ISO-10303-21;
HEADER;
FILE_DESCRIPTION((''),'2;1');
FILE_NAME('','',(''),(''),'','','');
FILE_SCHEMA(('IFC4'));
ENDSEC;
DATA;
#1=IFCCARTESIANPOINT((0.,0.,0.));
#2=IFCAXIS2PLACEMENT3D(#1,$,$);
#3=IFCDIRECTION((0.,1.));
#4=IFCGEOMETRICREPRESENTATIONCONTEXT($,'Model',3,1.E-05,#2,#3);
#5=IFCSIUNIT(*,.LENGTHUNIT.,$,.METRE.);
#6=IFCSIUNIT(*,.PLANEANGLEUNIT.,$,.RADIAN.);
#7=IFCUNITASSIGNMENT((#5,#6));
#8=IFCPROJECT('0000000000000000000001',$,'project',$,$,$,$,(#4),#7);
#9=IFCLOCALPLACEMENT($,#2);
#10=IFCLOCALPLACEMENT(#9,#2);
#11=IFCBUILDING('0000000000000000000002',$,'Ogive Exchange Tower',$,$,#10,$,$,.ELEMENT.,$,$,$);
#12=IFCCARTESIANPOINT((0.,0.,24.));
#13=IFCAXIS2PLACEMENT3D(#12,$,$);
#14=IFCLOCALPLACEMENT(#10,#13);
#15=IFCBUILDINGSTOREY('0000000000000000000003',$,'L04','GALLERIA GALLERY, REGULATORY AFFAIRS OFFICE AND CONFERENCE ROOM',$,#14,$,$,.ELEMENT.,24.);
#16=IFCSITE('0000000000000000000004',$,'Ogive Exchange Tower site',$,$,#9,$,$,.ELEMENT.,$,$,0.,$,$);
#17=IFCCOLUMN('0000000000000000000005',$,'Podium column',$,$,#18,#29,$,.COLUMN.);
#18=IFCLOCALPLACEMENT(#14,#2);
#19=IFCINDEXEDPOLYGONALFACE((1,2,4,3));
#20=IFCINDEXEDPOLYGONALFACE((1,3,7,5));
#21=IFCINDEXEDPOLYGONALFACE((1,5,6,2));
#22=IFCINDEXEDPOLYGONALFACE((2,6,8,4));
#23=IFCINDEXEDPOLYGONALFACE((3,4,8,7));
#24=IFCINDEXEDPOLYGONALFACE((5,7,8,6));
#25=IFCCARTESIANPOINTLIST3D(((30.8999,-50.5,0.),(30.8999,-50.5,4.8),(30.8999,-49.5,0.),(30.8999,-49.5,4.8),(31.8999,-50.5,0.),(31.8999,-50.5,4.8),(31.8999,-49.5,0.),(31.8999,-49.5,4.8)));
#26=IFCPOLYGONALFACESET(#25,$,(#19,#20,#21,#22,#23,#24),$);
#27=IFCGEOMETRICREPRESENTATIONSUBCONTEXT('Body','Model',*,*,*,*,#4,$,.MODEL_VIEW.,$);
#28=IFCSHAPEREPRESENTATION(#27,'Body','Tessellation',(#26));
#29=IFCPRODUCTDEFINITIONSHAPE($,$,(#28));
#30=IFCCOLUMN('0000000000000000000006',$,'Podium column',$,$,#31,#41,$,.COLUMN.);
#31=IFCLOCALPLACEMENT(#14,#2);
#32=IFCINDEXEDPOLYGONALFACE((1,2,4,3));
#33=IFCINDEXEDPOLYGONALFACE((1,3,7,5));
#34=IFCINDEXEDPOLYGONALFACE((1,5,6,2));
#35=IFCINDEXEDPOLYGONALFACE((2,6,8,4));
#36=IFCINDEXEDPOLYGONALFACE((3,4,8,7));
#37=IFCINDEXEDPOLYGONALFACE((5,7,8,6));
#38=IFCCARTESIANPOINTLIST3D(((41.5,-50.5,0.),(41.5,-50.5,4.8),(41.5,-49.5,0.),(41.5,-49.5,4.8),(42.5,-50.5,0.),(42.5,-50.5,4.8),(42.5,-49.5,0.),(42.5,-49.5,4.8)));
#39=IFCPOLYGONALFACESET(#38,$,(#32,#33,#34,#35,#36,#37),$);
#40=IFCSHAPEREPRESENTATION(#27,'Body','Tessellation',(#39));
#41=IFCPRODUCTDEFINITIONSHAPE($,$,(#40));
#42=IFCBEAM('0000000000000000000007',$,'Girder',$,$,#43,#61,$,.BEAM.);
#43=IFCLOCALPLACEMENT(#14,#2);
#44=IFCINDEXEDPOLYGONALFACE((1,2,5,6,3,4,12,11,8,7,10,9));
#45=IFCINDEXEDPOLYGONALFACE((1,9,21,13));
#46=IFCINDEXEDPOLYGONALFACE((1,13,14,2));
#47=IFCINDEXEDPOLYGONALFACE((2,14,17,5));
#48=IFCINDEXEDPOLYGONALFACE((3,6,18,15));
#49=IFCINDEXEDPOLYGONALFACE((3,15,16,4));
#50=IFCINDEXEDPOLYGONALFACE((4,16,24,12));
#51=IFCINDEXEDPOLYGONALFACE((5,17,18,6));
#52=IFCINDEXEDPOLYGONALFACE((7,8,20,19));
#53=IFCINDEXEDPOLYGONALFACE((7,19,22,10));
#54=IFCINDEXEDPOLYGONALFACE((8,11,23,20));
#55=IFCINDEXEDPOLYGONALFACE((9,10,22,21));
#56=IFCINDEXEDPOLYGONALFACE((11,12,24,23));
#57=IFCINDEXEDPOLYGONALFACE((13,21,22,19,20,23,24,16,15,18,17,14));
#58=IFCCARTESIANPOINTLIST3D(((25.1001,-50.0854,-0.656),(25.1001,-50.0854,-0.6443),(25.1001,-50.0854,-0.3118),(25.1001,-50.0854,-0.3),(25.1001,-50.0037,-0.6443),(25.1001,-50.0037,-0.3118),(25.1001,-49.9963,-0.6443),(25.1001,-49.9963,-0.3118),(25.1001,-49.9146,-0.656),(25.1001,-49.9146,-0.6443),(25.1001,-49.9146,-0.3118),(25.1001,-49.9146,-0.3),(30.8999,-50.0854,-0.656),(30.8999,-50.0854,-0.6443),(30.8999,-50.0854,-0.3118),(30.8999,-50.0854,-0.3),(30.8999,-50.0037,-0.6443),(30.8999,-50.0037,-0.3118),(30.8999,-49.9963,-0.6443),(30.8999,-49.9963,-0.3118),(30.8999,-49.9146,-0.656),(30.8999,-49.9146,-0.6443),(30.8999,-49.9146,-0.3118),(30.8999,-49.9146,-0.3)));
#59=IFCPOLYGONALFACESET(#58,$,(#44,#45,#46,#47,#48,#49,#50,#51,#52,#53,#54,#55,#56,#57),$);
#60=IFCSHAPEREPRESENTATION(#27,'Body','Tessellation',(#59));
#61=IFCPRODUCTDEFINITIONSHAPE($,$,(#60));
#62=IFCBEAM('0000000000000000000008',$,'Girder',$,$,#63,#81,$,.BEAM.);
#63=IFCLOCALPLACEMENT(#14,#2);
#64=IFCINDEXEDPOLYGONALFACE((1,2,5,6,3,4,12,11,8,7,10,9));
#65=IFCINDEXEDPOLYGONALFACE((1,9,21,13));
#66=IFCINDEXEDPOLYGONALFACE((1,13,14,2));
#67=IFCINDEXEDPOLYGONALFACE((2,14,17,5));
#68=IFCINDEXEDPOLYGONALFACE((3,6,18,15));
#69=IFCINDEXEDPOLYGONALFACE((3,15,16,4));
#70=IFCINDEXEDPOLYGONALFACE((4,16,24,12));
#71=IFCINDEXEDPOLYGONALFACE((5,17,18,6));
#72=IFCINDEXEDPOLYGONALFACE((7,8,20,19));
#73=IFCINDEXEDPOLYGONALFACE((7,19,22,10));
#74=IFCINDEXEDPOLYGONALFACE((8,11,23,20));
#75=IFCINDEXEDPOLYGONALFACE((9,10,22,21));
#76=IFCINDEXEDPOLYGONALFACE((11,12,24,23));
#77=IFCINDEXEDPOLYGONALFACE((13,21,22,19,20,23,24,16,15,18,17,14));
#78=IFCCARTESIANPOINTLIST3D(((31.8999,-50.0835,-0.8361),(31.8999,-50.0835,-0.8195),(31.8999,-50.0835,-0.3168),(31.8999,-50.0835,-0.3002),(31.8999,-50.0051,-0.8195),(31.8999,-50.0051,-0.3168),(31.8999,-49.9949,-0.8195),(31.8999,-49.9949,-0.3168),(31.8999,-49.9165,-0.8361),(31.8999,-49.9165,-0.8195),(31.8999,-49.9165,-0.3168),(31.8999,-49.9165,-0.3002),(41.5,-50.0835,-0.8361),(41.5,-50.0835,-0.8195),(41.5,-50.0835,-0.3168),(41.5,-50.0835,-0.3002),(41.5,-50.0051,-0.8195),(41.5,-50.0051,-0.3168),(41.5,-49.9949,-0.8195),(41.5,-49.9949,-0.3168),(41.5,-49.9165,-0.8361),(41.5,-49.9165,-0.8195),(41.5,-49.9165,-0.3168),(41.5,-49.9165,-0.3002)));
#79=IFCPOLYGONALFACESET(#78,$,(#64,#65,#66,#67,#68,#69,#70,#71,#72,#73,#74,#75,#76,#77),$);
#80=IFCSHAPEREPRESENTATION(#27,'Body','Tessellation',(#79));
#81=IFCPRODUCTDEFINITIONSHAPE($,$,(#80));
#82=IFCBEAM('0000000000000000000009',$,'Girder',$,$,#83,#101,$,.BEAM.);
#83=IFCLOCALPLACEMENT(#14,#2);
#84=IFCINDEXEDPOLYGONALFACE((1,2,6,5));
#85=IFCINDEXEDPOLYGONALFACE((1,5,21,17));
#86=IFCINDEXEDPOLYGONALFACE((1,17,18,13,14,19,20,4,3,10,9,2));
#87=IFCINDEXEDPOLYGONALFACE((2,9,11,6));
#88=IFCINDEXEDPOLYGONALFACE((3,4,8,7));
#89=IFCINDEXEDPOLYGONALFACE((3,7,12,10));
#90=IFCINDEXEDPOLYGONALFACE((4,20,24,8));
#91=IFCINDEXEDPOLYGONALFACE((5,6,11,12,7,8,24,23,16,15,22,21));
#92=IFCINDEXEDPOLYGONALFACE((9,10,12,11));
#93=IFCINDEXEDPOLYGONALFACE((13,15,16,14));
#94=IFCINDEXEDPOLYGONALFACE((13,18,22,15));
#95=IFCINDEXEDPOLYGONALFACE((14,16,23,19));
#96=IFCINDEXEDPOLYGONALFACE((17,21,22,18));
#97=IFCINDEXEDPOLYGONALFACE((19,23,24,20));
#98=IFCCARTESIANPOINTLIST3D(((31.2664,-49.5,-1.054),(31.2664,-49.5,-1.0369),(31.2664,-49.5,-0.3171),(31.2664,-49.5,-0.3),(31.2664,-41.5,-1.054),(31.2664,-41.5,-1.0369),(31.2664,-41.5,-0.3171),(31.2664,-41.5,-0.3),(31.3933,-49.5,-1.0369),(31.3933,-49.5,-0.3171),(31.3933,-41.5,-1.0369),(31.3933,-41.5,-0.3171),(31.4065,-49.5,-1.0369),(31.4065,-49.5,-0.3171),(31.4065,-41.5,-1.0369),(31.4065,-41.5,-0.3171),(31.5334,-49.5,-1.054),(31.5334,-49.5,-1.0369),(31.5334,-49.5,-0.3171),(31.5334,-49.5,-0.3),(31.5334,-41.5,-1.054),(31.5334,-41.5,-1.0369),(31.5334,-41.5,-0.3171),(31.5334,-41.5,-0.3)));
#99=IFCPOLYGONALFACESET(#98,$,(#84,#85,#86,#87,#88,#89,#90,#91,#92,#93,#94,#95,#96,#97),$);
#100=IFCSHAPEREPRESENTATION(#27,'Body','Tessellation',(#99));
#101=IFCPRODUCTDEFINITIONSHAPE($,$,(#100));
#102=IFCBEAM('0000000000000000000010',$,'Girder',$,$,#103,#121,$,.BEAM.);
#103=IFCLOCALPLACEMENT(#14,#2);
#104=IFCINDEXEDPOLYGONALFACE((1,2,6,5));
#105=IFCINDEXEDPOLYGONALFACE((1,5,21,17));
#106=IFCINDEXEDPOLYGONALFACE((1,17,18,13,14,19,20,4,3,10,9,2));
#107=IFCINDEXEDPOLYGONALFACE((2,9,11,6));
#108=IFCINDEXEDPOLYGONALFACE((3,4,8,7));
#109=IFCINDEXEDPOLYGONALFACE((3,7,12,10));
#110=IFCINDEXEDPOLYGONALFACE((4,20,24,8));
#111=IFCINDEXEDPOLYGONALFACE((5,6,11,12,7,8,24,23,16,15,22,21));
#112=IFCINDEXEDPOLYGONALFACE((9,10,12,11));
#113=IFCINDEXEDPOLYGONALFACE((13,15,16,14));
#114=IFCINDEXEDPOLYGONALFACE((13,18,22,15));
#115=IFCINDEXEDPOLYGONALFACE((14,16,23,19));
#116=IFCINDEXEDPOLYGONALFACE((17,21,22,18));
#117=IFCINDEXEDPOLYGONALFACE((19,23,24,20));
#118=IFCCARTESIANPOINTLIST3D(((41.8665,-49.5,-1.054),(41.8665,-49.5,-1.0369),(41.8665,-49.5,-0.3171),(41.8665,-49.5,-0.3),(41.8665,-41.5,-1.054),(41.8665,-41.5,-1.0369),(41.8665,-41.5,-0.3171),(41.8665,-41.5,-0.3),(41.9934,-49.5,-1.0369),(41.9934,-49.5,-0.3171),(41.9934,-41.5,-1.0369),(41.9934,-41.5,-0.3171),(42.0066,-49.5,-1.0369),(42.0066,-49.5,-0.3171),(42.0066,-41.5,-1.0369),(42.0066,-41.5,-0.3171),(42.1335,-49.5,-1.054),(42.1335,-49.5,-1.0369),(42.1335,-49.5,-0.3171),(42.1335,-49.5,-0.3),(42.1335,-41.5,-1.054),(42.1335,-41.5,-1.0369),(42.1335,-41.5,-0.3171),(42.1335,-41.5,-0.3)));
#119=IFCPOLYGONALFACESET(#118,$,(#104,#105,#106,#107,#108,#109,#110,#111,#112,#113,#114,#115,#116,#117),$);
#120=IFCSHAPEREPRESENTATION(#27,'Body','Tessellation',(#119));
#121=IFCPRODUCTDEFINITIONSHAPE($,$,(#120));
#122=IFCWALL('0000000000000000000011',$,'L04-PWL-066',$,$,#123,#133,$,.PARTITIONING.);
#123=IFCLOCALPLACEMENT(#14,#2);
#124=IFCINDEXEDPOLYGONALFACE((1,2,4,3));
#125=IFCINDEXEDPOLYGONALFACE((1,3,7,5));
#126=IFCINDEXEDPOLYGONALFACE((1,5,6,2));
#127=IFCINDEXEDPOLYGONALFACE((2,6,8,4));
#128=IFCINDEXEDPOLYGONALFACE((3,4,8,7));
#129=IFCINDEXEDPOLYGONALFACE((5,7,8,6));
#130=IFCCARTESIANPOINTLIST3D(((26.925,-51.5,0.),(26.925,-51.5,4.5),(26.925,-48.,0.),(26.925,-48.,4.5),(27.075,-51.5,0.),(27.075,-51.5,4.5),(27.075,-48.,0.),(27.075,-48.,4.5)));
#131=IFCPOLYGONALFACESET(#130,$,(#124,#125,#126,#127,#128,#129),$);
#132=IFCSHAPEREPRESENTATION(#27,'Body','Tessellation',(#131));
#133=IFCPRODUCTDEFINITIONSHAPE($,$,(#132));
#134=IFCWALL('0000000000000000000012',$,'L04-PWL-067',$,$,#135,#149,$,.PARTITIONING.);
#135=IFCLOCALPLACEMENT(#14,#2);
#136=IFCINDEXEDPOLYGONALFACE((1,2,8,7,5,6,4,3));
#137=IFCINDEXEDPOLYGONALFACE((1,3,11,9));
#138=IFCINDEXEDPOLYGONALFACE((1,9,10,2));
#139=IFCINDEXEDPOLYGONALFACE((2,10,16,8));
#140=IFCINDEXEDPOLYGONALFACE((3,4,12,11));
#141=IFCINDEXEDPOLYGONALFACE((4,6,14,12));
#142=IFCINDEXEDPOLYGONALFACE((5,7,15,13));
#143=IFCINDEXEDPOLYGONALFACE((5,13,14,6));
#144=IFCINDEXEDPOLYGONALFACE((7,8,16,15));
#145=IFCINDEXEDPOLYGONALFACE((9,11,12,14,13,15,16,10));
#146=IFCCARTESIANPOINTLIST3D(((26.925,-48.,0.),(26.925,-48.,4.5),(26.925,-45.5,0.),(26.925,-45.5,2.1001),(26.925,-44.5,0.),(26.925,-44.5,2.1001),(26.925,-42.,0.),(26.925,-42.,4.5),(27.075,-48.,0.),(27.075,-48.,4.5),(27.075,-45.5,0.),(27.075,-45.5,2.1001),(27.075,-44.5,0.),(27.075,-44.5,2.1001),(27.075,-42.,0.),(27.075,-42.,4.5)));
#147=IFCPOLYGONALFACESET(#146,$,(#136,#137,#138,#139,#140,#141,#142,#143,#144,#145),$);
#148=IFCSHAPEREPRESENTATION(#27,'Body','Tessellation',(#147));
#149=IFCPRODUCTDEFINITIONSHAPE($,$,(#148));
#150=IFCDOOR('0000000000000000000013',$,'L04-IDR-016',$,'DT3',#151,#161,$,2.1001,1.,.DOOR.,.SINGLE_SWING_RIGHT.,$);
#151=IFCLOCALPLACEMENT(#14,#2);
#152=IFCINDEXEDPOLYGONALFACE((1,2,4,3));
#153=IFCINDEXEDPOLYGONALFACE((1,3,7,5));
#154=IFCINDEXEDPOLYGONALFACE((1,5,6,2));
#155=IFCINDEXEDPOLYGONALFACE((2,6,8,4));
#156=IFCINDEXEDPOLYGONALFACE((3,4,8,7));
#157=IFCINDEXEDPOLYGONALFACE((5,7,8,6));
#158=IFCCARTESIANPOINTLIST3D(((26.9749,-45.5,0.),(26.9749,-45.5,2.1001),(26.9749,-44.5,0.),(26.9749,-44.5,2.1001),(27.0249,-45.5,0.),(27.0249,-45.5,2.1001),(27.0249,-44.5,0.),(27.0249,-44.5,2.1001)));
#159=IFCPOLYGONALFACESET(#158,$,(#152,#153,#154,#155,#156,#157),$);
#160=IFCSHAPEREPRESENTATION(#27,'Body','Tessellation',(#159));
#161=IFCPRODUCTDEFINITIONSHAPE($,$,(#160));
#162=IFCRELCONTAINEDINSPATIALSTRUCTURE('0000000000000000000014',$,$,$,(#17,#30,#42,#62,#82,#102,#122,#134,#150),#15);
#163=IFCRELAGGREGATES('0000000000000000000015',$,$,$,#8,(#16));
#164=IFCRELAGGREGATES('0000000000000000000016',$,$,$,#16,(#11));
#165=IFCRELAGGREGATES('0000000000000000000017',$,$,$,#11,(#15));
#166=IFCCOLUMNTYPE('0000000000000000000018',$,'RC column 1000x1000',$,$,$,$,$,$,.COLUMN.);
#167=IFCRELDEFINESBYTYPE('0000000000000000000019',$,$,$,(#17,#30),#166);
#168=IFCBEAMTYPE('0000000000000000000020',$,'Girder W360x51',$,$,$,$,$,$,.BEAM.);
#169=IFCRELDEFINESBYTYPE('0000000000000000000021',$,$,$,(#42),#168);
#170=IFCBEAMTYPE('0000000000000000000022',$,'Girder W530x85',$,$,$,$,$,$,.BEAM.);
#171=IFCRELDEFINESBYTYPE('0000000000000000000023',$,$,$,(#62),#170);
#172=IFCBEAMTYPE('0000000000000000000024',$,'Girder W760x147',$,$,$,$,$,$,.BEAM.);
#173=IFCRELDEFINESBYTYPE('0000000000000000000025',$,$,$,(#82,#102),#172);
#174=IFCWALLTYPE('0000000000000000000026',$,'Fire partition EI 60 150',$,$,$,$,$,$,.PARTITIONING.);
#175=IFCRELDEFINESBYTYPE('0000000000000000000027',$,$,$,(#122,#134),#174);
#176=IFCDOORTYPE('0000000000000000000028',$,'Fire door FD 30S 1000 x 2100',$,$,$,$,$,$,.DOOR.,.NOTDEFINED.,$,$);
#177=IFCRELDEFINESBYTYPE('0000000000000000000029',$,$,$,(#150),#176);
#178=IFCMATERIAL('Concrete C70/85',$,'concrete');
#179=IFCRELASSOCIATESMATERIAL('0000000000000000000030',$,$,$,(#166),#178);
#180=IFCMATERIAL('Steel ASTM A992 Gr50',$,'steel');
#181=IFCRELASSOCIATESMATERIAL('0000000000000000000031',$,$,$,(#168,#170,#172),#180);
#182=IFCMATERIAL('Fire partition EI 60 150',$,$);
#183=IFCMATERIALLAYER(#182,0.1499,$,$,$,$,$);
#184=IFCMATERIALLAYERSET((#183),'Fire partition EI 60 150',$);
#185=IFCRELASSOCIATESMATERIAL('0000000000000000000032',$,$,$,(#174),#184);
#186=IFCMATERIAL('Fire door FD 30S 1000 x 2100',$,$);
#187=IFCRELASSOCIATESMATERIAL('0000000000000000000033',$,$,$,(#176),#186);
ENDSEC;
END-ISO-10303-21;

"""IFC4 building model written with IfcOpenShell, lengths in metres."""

from ifc_helpers import new_model, si_unit, direction, frame, frame_2d, origin, origin_2d, place, context, subcontext, project, spatial, rectangle, i_section, extrude, material, layer, layer_set, material_profile, profile_set, type_object, element, fill, save


model = new_model("IFC4")

# Units and contexts
model_context = context("Model", 3, precision=1e-05, world=origin(), true_north=direction((0.0, 1.0)))
body_context = subcontext(model_context, "Body", "Model", "MODEL_VIEW")
ifc_project = project(units=[si_unit("LENGTHUNIT", "METRE"), si_unit("PLANEANGLEUNIT", "RADIAN")], contexts=[model_context])

# Site, building, storey
site_placement = place(None, origin())
site = spatial("IfcSite", under=ifc_project, at=site_placement, Name="Ogive Exchange Tower site", CompositionType="ELEMENT", RefElevation=0.0)
building_placement = place(site_placement, origin())
building = spatial("IfcBuilding", under=site, at=building_placement, Name="Ogive Exchange Tower", CompositionType="ELEMENT")
storey_placement = place(building_placement, frame((0.0, 0.0, 24.0)))
storey = spatial("IfcBuildingStorey", under=building, at=storey_placement, Name="L04", Description="GALLERIA GALLERY, REGULATORY AFFAIRS OFFICE AND CONFERENCE ROOM", CompositionType="ELEMENT", Elevation=24.0)

# Columns
ifc_material_1 = material(Name="Concrete C70/85", Category="concrete")
ifc_material_profile_1 = material_profile(ifc_material_1, rectangle(XDim=1.0, YDim=1.0, at=origin_2d()), Name="RC 1000x1000")
ifc_profile_set_1 = profile_set([ifc_material_profile_1], Name="Concrete C70/85")
column_type = type_object("IfcColumnType", Name="RC column 1000x1000", PredefinedType="COLUMN", material=ifc_profile_set_1)
for number, where, z_axis, x_axis, name in (
    (1, (31.3999, -50.0, 0.0), (0.0, 0.0, 1.0), (1.0, 0.0, 0.0), "Podium column"),
    (2, (42.0, -50.0, 0.0), (0.0, 0.0, 1.0), (1.0, 0.0, 0.0), "Podium column"),
):
    element("IfcColumn", number, at=place(storey_placement, frame(where, z_axis=z_axis, x_axis=x_axis)), inside=storey, type_object=column_type, Name=name, PredefinedType="COLUMN", context=body_context, shape_type="SweptSolid", body=[
        extrude(rectangle(XDim=1.0, YDim=1.0, at=origin_2d()), origin(), (0.0, 0.0, 1.0), 4.8),
    ])

# Beams
ifc_material_2 = material(Name="Steel ASTM A992 Gr50", Category="steel")
ifc_material_profile_2 = material_profile(ifc_material_2, i_section(OverallWidth=0.1709, OverallDepth=0.356, WebThickness=0.0073, FlangeThickness=0.0117, at=origin_2d()), Name="W360x51")
ifc_profile_set_2 = profile_set([ifc_material_profile_2], Name="Steel ASTM A992 Gr50")
beam_type_1 = type_object("IfcBeamType", Name="Girder W360x51", PredefinedType="BEAM", material=ifc_profile_set_2)
beam_1_placement = place(storey_placement, frame((25.1001, -50.0, -0.478), z_axis=(1.0, 0.0, 0.0), x_axis=(0.0, 1.0, 0.0)))
element("IfcBeam", 3, at=beam_1_placement, inside=storey, type_object=beam_type_1, Name="Girder", PredefinedType="BEAM", context=body_context, shape_type="SweptSolid", body=[
    extrude(i_section(OverallWidth=0.1709, OverallDepth=0.356, WebThickness=0.0073, FlangeThickness=0.0117, at=origin_2d()), origin(), (0.0, 0.0, 1.0), 5.7998),
])
ifc_material_profile_3 = material_profile(ifc_material_2, i_section(OverallWidth=0.167, OverallDepth=0.5359, WebThickness=0.0103, FlangeThickness=0.0166, at=origin_2d()), Name="W530x85")
ifc_profile_set_3 = profile_set([ifc_material_profile_3], Name="Steel ASTM A992 Gr50")
beam_type_2 = type_object("IfcBeamType", Name="Girder W530x85", PredefinedType="BEAM", material=ifc_profile_set_3)
beam_2_placement = place(storey_placement, frame((31.8999, -50.0, -0.5681), z_axis=(1.0, 0.0, 0.0), x_axis=(0.0, 1.0, 0.0)))
element("IfcBeam", 4, at=beam_2_placement, inside=storey, type_object=beam_type_2, Name="Girder", PredefinedType="BEAM", context=body_context, shape_type="SweptSolid", body=[
    extrude(i_section(OverallWidth=0.167, OverallDepth=0.5359, WebThickness=0.0103, FlangeThickness=0.0166, at=origin_2d()), origin(), (0.0, 0.0, 1.0), 9.6001),
])
ifc_material_profile_4 = material_profile(ifc_material_2, i_section(OverallWidth=0.2671, OverallDepth=0.7539, WebThickness=0.0132, FlangeThickness=0.0171, at=origin_2d()), Name="W760x147")
ifc_profile_set_4 = profile_set([ifc_material_profile_4], Name="Steel ASTM A992 Gr50")
beam_type_3 = type_object("IfcBeamType", Name="Girder W760x147", PredefinedType="BEAM", material=ifc_profile_set_4)
for number, where, z_axis, x_axis, name in (
    (5, (31.3999, -49.5, -0.677), (0.0, 1.0, 0.0), (-1.0, 0.0, 0.0), "Girder"),
    (6, (42.0, -49.5, -0.677), (0.0, 1.0, 0.0), (-1.0, 0.0, 0.0), "Girder"),
):
    element("IfcBeam", number, at=place(storey_placement, frame(where, z_axis=z_axis, x_axis=x_axis)), inside=storey, type_object=beam_type_3, Name=name, PredefinedType="BEAM", context=body_context, shape_type="SweptSolid", body=[
        extrude(i_section(OverallWidth=0.2671, OverallDepth=0.7539, WebThickness=0.0132, FlangeThickness=0.0171, at=origin_2d()), origin(), (0.0, 0.0, 1.0), 8.0),
    ])

# Wall
ifc_material_3 = material(Name="Fire partition EI 60 150")
ifc_layer_1 = layer(ifc_material_3, 0.1499)
ifc_layer_set_1 = layer_set([ifc_layer_1], Name="Fire partition EI 60 150")
wall_type_1 = type_object("IfcWallType", Name="Fire partition EI 60 150", PredefinedType="PARTITIONING", material=ifc_layer_set_1)
wall_1_placement = place(storey_placement, frame((27.0, -51.5, 0.0), z_axis=(0.0, 0.0, 1.0), x_axis=(0.0, 1.0, 0.0)))
element("IfcWall", 7, at=wall_1_placement, inside=storey, type_object=wall_type_1, Name="L04-PWL-066", PredefinedType="PARTITIONING", context=body_context, shape_type="SweptSolid", body=[
    extrude(rectangle(XDim=3.5, YDim=0.1499, at=frame_2d((1.75, 0.0))), origin(), (0.0, 0.0, 1.0), 4.5),
])

# Wall, opening, door
wall_2_placement = place(storey_placement, frame((27.0, -48.0, 0.0), z_axis=(0.0, 0.0, 1.0), x_axis=(0.0, 1.0, 0.0)))
wall_2 = element("IfcWall", 8, at=wall_2_placement, inside=storey, type_object=wall_type_1, Name="L04-PWL-067", PredefinedType="PARTITIONING", context=body_context, shape_type="SweptSolid", body=[
    extrude(rectangle(XDim=6.0, YDim=0.1499, at=frame_2d((3.0, 0.0))), origin(), (0.0, 0.0, 1.0), 4.5),
])
opening_1_placement = place(wall_2_placement, frame((2.5, 0.0, 0.0)))
opening_1 = element("IfcOpeningElement", 9, at=opening_1_placement, cuts=wall_2, PredefinedType="OPENING", context=body_context, shape_type="SweptSolid", body=[
    extrude(rectangle(XDim=1.0, YDim=2.1001, at=frame_2d((0.5, 1.05))), frame((0.0, 0.085, 0.0), z_axis=(0.0, -1.0, 0.0), x_axis=(1.0, 0.0, 0.0)), (0.0, 0.0, 1.0), 0.1699),
])
ifc_material_4 = material(Name="Fire door FD 30S 1000 x 2100")
door_type_1 = type_object("IfcDoorType", Name="Fire door FD 30S 1000 x 2100", OperationType="NOTDEFINED", PredefinedType="DOOR", material=ifc_material_4)
door_1_placement = place(opening_1_placement, frame((1.0, 0.0, 0.0), z_axis=(0.0, 0.0, 1.0), x_axis=(-1.0, 0.0, 0.0)))
door_1 = element("IfcDoor", 10, at=door_1_placement, inside=storey, type_object=door_type_1, Name="L04-IDR-016", ObjectType="DT3", OperationType="SINGLE_SWING_RIGHT", OverallHeight=2.1001, OverallWidth=1.0, PredefinedType="DOOR", context=body_context, shape_type="SweptSolid", body=[
    extrude(rectangle(XDim=1.0, YDim=2.1001, at=frame_2d((0.5, 1.05))), frame((0.0, 0.0249, 0.0), z_axis=(0.0, -1.0, 0.0), x_axis=(1.0, 0.0, 0.0)), (0.0, 0.0, 1.0), 0.05),
])
fill(opening_1, door_1)

save(model, "model.ifc")
